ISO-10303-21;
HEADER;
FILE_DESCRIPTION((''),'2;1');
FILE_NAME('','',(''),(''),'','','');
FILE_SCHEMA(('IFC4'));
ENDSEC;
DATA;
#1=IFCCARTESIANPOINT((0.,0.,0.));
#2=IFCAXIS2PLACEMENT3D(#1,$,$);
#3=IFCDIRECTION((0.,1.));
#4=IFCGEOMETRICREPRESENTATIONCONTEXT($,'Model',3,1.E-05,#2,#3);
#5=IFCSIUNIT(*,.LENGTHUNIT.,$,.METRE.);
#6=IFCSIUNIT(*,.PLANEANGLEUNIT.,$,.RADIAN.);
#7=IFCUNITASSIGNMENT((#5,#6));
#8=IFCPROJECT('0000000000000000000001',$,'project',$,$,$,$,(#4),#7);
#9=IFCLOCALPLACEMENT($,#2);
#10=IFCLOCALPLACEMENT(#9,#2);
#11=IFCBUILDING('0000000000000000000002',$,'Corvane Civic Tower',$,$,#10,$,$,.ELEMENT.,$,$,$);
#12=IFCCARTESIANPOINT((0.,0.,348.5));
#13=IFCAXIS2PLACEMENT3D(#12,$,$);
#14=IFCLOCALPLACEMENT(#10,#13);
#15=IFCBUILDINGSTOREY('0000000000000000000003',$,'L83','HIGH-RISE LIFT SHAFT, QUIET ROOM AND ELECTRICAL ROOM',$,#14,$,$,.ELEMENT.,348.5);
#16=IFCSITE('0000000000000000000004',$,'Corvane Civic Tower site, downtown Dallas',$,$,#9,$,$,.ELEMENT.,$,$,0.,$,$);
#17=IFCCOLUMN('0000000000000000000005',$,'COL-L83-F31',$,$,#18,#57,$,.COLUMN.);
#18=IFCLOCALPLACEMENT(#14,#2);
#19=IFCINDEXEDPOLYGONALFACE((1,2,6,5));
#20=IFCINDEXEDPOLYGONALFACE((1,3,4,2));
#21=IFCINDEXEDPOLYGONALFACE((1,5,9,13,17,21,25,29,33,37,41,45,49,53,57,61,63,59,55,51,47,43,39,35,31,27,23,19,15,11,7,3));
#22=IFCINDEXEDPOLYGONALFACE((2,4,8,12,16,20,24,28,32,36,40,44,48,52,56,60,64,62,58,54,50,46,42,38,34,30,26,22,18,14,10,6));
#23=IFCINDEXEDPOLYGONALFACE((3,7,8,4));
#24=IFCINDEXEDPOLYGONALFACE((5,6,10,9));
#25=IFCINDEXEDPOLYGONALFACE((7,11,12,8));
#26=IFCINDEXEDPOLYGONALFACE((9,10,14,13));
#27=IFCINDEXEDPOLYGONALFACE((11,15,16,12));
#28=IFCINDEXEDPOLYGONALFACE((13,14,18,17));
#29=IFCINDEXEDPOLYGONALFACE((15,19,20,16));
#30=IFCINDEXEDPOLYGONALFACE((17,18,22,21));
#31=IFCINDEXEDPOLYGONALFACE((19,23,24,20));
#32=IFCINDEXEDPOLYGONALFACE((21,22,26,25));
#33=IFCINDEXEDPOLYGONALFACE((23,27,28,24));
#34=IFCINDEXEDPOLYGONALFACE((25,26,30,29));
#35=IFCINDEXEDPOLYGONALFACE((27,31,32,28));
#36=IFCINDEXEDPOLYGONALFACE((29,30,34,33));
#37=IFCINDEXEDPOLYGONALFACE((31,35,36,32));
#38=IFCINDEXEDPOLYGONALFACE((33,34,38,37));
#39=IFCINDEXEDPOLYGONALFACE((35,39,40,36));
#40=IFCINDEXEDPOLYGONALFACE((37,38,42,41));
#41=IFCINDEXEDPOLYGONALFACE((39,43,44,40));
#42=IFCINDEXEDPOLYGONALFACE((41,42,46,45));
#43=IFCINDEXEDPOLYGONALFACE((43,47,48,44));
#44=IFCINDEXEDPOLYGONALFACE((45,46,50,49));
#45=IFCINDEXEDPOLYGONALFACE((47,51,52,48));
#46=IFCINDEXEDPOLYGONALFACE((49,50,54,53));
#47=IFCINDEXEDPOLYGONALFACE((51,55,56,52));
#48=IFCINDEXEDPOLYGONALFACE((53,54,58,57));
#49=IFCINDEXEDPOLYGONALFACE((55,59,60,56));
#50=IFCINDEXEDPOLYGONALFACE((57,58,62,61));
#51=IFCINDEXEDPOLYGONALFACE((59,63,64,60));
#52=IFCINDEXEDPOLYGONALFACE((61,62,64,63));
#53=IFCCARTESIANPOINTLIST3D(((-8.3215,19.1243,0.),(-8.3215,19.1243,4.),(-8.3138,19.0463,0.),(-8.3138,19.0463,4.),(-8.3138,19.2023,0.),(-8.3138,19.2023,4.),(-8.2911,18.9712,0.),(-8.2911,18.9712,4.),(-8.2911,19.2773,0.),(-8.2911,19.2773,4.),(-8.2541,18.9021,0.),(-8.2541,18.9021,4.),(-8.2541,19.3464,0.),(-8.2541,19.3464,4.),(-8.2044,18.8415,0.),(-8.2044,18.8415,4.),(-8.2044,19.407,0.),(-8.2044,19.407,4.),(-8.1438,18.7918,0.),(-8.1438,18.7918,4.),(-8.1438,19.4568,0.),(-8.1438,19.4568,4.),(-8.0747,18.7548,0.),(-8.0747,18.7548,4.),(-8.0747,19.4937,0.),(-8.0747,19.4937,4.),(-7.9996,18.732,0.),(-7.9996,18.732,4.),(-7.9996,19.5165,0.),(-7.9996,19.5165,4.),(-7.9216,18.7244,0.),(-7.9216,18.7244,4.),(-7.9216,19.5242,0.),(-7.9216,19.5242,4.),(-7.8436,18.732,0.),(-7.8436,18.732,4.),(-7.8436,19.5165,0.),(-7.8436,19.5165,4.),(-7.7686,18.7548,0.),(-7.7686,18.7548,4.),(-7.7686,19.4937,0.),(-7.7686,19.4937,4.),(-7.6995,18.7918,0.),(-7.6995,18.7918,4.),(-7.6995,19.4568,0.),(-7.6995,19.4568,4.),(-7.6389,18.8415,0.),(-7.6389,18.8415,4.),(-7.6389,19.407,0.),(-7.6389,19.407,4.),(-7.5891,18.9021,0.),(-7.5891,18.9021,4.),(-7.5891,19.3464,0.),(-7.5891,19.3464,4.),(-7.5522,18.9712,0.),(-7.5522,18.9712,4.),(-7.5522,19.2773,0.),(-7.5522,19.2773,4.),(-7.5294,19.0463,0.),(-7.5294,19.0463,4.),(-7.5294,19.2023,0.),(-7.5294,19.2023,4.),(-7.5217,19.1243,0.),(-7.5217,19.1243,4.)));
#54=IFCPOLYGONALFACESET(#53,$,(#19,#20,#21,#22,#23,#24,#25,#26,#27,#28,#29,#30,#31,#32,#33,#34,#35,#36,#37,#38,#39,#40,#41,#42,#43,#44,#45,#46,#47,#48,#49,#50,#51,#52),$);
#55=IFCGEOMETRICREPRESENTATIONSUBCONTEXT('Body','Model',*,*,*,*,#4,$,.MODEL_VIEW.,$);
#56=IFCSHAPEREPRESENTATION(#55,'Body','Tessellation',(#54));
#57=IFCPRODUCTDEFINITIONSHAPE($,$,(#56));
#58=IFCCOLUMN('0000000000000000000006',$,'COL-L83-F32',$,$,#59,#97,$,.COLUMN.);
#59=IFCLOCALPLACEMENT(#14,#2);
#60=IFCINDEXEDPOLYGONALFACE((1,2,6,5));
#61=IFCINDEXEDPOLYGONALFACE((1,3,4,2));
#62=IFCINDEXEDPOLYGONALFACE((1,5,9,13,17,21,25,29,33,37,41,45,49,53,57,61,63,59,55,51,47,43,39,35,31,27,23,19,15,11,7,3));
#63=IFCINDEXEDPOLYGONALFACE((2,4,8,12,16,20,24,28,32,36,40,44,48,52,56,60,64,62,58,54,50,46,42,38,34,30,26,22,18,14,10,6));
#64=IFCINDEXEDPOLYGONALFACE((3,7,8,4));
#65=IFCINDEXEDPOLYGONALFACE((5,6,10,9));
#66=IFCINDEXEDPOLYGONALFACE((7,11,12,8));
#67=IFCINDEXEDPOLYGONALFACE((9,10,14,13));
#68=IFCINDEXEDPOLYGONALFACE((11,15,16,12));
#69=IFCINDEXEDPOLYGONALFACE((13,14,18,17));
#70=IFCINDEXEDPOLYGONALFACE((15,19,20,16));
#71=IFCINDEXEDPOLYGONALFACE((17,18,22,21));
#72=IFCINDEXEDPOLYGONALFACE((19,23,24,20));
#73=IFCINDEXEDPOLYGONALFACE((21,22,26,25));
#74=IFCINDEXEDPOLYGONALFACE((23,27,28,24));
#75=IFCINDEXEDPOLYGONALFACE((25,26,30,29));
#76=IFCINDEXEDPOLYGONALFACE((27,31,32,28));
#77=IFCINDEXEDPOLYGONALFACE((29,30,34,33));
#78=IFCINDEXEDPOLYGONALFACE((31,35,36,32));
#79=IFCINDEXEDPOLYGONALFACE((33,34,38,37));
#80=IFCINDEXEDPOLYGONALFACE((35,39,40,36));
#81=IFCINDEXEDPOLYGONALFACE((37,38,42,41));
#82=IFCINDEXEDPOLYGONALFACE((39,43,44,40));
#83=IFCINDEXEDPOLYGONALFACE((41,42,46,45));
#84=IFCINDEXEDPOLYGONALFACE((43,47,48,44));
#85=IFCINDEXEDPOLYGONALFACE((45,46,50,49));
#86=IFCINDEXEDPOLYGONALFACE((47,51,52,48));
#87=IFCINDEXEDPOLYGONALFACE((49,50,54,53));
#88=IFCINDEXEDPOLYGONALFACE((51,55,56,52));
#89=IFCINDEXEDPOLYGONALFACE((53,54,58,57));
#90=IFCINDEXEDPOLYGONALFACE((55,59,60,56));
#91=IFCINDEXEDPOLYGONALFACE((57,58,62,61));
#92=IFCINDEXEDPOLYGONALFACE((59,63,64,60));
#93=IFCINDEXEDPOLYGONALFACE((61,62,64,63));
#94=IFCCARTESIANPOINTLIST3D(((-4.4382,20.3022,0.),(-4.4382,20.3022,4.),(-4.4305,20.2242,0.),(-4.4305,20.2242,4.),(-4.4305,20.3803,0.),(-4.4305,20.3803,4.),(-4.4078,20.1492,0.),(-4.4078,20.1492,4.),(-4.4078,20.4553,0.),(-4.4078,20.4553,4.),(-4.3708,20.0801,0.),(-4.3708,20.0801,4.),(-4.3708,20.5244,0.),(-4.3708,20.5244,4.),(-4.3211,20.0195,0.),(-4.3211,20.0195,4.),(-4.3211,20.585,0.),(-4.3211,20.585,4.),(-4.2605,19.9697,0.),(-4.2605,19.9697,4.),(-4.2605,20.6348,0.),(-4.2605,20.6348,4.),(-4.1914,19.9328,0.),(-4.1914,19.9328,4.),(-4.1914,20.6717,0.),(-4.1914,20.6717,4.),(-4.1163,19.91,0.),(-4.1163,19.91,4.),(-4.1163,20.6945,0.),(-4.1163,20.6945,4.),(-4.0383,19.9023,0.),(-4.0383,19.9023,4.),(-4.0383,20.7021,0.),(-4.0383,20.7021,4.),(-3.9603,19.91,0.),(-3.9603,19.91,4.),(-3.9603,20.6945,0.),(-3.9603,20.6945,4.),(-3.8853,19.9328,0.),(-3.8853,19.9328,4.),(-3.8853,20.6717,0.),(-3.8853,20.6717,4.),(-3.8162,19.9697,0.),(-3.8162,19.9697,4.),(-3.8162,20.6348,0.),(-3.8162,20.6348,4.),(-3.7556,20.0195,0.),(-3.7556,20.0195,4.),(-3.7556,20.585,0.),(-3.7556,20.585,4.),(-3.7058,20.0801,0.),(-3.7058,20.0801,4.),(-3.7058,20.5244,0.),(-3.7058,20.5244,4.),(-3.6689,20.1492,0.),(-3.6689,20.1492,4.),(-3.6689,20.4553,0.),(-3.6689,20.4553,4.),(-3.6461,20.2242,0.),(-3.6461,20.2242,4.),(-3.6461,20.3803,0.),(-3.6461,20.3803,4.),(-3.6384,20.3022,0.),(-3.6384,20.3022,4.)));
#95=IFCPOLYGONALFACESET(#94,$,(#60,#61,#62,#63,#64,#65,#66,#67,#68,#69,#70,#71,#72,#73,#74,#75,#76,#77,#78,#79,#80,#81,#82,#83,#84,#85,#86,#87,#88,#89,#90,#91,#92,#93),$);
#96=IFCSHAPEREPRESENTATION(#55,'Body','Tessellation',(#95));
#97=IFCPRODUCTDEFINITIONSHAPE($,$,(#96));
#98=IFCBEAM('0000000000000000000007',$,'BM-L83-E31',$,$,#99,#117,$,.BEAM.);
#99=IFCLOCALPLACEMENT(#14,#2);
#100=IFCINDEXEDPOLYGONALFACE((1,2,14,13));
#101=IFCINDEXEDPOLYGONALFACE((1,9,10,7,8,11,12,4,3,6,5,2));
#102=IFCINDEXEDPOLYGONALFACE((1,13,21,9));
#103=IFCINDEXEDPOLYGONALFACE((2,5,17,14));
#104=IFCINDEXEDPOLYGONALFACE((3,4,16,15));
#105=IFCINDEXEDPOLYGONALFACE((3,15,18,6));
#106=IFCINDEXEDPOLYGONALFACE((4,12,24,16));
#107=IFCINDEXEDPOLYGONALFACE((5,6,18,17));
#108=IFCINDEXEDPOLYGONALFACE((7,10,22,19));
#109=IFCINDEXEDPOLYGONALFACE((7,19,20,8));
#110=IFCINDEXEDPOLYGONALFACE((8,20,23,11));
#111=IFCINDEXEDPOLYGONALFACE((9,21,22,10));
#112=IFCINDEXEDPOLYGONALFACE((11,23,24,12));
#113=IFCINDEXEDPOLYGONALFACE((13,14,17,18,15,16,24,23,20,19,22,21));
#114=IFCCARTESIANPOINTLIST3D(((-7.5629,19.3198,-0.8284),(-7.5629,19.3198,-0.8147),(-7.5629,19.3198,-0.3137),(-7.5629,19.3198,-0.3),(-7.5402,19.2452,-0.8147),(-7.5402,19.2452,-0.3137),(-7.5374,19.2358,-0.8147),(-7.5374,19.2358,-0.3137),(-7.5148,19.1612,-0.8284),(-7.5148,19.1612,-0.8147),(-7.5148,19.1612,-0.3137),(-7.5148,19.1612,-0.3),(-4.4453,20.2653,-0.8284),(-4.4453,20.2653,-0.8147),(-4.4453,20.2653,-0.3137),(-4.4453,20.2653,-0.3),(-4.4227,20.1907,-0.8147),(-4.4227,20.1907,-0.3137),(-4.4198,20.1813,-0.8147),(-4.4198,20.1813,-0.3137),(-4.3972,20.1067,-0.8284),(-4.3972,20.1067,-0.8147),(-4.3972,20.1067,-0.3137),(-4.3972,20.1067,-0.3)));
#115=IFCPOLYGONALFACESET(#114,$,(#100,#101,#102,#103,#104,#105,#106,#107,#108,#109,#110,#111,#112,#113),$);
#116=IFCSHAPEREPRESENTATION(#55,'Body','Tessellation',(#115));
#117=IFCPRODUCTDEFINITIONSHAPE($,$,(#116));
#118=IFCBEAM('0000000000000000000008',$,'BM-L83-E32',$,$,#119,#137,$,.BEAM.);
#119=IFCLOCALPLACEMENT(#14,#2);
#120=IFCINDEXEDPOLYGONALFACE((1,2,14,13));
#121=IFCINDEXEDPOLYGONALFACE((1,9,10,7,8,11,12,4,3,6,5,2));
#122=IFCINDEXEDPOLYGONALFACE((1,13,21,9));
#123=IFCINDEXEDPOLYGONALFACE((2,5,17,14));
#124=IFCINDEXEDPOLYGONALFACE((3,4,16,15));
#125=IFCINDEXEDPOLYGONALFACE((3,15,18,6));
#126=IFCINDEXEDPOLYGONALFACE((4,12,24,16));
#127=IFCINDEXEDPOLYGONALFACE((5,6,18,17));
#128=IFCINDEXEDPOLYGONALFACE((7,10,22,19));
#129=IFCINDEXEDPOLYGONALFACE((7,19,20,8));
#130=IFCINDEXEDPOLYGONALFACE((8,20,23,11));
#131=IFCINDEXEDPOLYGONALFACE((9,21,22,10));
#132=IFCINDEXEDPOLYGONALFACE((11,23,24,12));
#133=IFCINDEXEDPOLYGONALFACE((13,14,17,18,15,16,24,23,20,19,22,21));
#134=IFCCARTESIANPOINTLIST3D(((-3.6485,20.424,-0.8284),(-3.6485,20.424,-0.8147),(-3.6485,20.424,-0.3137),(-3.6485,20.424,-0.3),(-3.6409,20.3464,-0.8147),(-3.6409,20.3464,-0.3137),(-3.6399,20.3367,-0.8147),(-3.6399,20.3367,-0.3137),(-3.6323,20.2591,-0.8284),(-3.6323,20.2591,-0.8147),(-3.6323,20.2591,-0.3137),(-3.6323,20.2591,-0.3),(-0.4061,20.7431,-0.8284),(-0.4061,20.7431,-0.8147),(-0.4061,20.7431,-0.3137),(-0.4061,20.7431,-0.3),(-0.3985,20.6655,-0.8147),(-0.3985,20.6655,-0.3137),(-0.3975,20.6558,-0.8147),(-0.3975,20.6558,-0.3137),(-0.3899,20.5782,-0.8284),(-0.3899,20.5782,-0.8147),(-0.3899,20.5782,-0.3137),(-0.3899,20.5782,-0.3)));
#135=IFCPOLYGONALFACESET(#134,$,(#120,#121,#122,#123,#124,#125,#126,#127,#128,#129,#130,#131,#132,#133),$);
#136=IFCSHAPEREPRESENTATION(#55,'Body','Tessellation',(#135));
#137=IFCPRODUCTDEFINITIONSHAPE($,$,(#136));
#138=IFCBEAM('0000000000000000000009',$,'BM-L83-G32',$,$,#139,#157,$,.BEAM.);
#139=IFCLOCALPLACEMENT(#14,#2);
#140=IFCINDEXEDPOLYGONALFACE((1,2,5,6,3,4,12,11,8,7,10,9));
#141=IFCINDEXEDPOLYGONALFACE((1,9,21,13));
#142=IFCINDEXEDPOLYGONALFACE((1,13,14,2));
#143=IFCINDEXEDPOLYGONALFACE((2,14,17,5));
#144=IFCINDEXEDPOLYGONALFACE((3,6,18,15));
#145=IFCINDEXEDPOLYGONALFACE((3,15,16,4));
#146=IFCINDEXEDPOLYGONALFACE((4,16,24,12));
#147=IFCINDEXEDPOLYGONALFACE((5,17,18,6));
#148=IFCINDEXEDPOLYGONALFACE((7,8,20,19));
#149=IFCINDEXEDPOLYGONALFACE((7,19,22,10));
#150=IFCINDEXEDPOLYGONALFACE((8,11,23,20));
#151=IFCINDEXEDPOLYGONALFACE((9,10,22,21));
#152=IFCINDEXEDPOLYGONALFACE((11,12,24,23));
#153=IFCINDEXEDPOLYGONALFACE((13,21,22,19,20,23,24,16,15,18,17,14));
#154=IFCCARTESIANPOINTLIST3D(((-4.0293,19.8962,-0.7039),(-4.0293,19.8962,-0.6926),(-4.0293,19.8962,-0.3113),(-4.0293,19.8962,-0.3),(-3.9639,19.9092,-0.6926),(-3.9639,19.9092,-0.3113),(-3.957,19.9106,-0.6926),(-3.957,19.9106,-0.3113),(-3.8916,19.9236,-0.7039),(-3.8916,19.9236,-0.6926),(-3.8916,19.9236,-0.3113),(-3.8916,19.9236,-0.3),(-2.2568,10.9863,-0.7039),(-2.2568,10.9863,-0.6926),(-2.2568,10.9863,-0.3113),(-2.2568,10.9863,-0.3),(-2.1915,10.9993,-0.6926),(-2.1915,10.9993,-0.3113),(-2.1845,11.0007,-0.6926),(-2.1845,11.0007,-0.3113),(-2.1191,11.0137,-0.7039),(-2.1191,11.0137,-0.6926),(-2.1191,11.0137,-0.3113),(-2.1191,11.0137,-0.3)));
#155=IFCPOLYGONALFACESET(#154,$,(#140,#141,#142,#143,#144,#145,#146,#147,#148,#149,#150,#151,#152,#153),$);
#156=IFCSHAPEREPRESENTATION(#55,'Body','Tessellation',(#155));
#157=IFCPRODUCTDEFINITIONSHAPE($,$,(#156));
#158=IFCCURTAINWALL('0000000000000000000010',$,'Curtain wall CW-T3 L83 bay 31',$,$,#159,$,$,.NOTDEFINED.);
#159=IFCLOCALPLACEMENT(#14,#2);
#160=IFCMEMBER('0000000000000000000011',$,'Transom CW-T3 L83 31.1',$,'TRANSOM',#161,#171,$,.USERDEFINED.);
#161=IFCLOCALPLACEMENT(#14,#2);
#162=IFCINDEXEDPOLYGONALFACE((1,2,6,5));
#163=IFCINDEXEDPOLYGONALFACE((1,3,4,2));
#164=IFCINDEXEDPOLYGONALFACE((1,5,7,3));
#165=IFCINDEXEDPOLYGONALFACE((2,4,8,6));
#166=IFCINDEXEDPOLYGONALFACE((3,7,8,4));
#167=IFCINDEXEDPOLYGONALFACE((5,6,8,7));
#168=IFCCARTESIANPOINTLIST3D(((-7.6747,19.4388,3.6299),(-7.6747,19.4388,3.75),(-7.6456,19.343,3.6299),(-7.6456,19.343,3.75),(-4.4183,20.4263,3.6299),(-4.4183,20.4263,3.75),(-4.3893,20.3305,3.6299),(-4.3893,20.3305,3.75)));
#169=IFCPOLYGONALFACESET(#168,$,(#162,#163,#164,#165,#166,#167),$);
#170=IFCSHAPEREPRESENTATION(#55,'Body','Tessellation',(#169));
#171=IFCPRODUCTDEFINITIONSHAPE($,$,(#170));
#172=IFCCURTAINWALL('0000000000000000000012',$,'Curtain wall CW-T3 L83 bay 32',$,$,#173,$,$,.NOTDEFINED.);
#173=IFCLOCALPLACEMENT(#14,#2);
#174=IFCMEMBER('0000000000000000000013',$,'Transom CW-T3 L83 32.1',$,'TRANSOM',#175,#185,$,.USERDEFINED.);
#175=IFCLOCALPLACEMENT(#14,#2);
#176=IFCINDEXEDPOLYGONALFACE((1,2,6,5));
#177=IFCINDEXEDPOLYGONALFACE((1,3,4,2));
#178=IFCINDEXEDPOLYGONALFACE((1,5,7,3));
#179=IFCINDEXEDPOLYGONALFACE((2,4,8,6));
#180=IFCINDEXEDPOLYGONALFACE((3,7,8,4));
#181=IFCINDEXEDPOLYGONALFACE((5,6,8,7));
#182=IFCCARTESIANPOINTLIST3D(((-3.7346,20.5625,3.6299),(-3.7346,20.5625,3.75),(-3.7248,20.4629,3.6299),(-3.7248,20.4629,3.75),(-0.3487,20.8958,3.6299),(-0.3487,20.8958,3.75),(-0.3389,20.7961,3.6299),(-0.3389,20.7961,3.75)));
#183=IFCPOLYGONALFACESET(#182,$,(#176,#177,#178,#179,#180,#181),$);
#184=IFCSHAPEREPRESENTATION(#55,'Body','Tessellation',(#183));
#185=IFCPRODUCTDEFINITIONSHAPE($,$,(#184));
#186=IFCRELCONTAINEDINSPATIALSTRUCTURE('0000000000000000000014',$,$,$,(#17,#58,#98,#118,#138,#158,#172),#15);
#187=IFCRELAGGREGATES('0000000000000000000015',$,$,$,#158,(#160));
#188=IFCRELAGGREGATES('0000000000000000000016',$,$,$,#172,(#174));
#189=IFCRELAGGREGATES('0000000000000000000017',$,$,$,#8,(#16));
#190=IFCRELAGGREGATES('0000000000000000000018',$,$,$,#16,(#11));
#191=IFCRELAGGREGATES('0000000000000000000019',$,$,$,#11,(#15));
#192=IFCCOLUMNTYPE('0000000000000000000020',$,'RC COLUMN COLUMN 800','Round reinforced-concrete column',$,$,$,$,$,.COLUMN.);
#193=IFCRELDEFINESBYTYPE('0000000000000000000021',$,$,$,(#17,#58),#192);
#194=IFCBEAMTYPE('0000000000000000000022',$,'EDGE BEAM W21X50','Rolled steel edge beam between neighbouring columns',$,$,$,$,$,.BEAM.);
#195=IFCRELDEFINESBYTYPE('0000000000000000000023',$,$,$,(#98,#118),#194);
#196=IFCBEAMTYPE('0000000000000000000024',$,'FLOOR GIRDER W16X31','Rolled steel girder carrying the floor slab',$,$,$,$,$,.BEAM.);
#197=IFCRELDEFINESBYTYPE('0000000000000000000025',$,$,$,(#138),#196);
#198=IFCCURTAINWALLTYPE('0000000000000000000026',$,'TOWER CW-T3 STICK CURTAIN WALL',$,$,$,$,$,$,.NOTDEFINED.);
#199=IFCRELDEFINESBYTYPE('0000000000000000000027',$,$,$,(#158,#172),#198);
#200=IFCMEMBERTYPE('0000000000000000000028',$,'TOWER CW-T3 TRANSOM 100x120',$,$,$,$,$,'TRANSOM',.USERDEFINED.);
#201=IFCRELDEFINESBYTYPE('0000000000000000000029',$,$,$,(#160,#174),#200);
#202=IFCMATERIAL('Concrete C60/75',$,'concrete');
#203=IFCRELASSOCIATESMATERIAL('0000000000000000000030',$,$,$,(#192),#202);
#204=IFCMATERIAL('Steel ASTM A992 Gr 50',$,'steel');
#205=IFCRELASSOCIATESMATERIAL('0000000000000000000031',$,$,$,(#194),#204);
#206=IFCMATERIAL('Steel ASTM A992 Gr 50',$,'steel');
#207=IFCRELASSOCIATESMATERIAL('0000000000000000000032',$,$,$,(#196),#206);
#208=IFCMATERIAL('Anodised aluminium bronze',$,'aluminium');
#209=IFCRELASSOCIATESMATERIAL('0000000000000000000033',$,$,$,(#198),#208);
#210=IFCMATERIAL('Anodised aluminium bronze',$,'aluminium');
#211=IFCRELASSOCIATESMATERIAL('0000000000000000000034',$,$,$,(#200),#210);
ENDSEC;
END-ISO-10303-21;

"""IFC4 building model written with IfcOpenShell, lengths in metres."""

from ifc_helpers import new_model, si_unit, direction, frame, origin, origin_2d, place, context, subcontext, project, spatial, rectangle, circle, i_section, extrude, material, material_profile, profile_set, type_object, element, aggregate, save


model = new_model("IFC4")

# Units and contexts
model_context = context("Model", 3, precision=1e-05, world=origin(), true_north=direction((0.0, 1.0)))
body_context = subcontext(model_context, "Body", "Model", "MODEL_VIEW")
ifc_project = project(units=[si_unit("LENGTHUNIT", "METRE"), si_unit("PLANEANGLEUNIT", "RADIAN")], contexts=[model_context])

# Site, building, storey
site_placement = place(None, origin())
site = spatial("IfcSite", under=ifc_project, at=site_placement, Name="Corvane Civic Tower site, downtown Dallas", CompositionType="ELEMENT", RefElevation=0.0)
building_placement = place(site_placement, origin())
building = spatial("IfcBuilding", under=site, at=building_placement, Name="Corvane Civic Tower", CompositionType="ELEMENT")
storey_placement = place(building_placement, frame((0.0, 0.0, 348.5)))
storey = spatial("IfcBuildingStorey", under=building, at=storey_placement, Name="L83", Description="HIGH-RISE LIFT SHAFT, QUIET ROOM AND ELECTRICAL ROOM", CompositionType="ELEMENT", Elevation=348.5)

# Columns
ifc_material_1 = material(Name="Concrete C60/75", Category="concrete")
ifc_material_profile_1 = material_profile(ifc_material_1, circle(Radius=0.3999, at=origin_2d()), Name="COLUMN 800")
ifc_profile_set_1 = profile_set([ifc_material_profile_1], Name="Concrete C60/75")
column_type = type_object("IfcColumnType", Name="RC COLUMN COLUMN 800", Description="Round reinforced-concrete column", PredefinedType="COLUMN", material=ifc_profile_set_1)
for number, where, z_axis, x_axis, name in (
    (1, (-7.9216, 19.1243, 0.0), (0.0, 0.0, 1.0), (1.0, 0.0, 0.0), "COL-L83-F31"),
    (2, (-4.0383, 20.3022, 0.0), (0.0, 0.0, 1.0), (1.0, 0.0, 0.0), "COL-L83-F32"),
):
    element("IfcColumn", number, at=place(storey_placement, frame(where, z_axis=z_axis, x_axis=x_axis)), inside=storey, type_object=column_type, Name=name, PredefinedType="COLUMN", context=body_context, shape_type="SweptSolid", body=[
        extrude(circle(Radius=0.3999, at=origin_2d()), origin(), (0.0, 0.0, 1.0), 4.0),
    ])

# Beams
ifc_material_2 = material(Name="Steel ASTM A992 Gr 50", Category="steel")
ifc_material_profile_2 = material_profile(ifc_material_2, i_section(OverallWidth=0.1658, OverallDepth=0.5283, WebThickness=0.0098, FlangeThickness=0.0137, at=origin_2d()), Name="W21X50")
ifc_profile_set_2 = profile_set([ifc_material_profile_2], Name="Steel ASTM A992 Gr 50")
beam_type_1 = type_object("IfcBeamType", Name="EDGE BEAM W21X50", Description="Rolled steel edge beam between neighbouring columns", PredefinedType="BEAM", material=ifc_profile_set_2)
beam_1_placement = place(storey_placement, frame((-7.5388, 19.2405, -0.5642), z_axis=(0.956956, 0.290234, 0.0), x_axis=(-0.290234, 0.956956, 0.0)))
element("IfcBeam", 3, at=beam_1_placement, inside=storey, type_object=beam_type_1, Name="BM-L83-E31", PredefinedType="BEAM", context=body_context, shape_type="SweptSolid", body=[
    extrude(i_section(OverallWidth=0.1658, OverallDepth=0.5283, WebThickness=0.0098, FlangeThickness=0.0137, at=origin_2d()), origin(), (0.0, 0.0, 1.0), 3.2578),
])
beam_2_placement = place(storey_placement, frame((-3.6404, 20.3416, -0.5642), z_axis=(0.995193, 0.097938, 0.0), x_axis=(-0.097938, 0.995193, 0.0)))
element("IfcBeam", 4, at=beam_2_placement, inside=storey, type_object=beam_type_1, Name="BM-L83-E32", PredefinedType="BEAM", context=body_context, shape_type="SweptSolid", body=[
    extrude(i_section(OverallWidth=0.1658, OverallDepth=0.5283, WebThickness=0.0098, FlangeThickness=0.0137, at=origin_2d()), origin(), (0.0, 0.0, 1.0), 3.2581),
])
ifc_material_3 = material(Name="Steel ASTM A992 Gr 50", Category="steel")
ifc_material_profile_3 = material_profile(ifc_material_3, i_section(OverallWidth=0.1404, OverallDepth=0.4038, WebThickness=0.0071, FlangeThickness=0.0112, at=origin_2d()), Name="W16X31")
ifc_profile_set_3 = profile_set([ifc_material_profile_3], Name="Steel ASTM A992 Gr 50")
beam_type_2 = type_object("IfcBeamType", Name="FLOOR GIRDER W16X31", Description="Rolled steel girder carrying the floor slab", PredefinedType="BEAM", material=ifc_profile_set_3)
beam_3_placement = place(storey_placement, frame((-2.188, 11.0, -0.502), z_axis=(-0.195108, 0.980782, 0.0), x_axis=(-0.980782, -0.195108, 0.0)))
element("IfcBeam", 5, at=beam_3_placement, inside=storey, type_object=beam_type_2, Name="BM-L83-G32", PredefinedType="BEAM", context=body_context, shape_type="SweptSolid", body=[
    extrude(i_section(OverallWidth=0.1404, OverallDepth=0.4038, WebThickness=0.0071, FlangeThickness=0.0112, at=origin_2d()), origin(), (0.0, 0.0, 1.0), 9.0845),
])

# Curtain walls, members
ifc_material_4 = material(Name="Anodised aluminium bronze", Category="aluminium")
curtain_wall_type = type_object("IfcCurtainWallType", Name="TOWER CW-T3 STICK CURTAIN WALL", PredefinedType="NOTDEFINED", material=ifc_material_4)
curtain_wall_1_placement = place(storey_placement, origin())
curtain_wall_1 = element("IfcCurtainWall", 6, at=curtain_wall_1_placement, inside=storey, type_object=curtain_wall_type, Name="Curtain wall CW-T3 L83 bay 31", PredefinedType="NOTDEFINED")
ifc_material_5 = material(Name="Anodised aluminium bronze", Category="aluminium")
ifc_material_profile_4 = material_profile(ifc_material_5, rectangle(XDim=0.1001, YDim=0.1201, at=origin_2d()), Name="TOWER CW-T3 TRANSOM 100x120")
ifc_profile_set_4 = profile_set([ifc_material_profile_4], Name="Anodised aluminium bronze")
member_type = type_object("IfcMemberType", Name="TOWER CW-T3 TRANSOM 100x120", ElementType="TRANSOM", PredefinedType="USERDEFINED", material=ifc_profile_set_4)
member_1_placement = place(storey_placement, frame((-7.6602, 19.3909, 3.6899), z_axis=(0.956961, 0.290216, 0.0), x_axis=(-0.290216, 0.956961, 0.0)))
member_1 = element("IfcMember", 7, at=member_1_placement, type_object=member_type, Name="Transom CW-T3 L83 31.1", ObjectType="TRANSOM", PredefinedType="USERDEFINED", context=body_context, shape_type="SweptSolid", body=[
    extrude(rectangle(XDim=0.1001, YDim=0.1201, at=origin_2d()), origin(), (0.0, 0.0, 1.0), 3.4028),
])
curtain_wall_2_placement = place(storey_placement, origin())
curtain_wall_2 = element("IfcCurtainWall", 8, at=curtain_wall_2_placement, inside=storey, type_object=curtain_wall_type, Name="Curtain wall CW-T3 L83 bay 32", PredefinedType="NOTDEFINED")
member_2_placement = place(storey_placement, frame((-3.7297, 20.5127, 3.6899), z_axis=(0.995192, 0.097948, 0.0), x_axis=(-0.097948, 0.995192, 0.0)))
member_2 = element("IfcMember", 9, at=member_2_placement, type_object=member_type, Name="Transom CW-T3 L83 32.1", ObjectType="TRANSOM", PredefinedType="USERDEFINED", context=body_context, shape_type="SweptSolid", body=[
    extrude(rectangle(XDim=0.1001, YDim=0.1201, at=origin_2d()), origin(), (0.0, 0.0, 1.0), 3.4023),
])

aggregate(curtain_wall_1, [member_1])
aggregate(curtain_wall_2, [member_2])

save(model, "model.ifc")
